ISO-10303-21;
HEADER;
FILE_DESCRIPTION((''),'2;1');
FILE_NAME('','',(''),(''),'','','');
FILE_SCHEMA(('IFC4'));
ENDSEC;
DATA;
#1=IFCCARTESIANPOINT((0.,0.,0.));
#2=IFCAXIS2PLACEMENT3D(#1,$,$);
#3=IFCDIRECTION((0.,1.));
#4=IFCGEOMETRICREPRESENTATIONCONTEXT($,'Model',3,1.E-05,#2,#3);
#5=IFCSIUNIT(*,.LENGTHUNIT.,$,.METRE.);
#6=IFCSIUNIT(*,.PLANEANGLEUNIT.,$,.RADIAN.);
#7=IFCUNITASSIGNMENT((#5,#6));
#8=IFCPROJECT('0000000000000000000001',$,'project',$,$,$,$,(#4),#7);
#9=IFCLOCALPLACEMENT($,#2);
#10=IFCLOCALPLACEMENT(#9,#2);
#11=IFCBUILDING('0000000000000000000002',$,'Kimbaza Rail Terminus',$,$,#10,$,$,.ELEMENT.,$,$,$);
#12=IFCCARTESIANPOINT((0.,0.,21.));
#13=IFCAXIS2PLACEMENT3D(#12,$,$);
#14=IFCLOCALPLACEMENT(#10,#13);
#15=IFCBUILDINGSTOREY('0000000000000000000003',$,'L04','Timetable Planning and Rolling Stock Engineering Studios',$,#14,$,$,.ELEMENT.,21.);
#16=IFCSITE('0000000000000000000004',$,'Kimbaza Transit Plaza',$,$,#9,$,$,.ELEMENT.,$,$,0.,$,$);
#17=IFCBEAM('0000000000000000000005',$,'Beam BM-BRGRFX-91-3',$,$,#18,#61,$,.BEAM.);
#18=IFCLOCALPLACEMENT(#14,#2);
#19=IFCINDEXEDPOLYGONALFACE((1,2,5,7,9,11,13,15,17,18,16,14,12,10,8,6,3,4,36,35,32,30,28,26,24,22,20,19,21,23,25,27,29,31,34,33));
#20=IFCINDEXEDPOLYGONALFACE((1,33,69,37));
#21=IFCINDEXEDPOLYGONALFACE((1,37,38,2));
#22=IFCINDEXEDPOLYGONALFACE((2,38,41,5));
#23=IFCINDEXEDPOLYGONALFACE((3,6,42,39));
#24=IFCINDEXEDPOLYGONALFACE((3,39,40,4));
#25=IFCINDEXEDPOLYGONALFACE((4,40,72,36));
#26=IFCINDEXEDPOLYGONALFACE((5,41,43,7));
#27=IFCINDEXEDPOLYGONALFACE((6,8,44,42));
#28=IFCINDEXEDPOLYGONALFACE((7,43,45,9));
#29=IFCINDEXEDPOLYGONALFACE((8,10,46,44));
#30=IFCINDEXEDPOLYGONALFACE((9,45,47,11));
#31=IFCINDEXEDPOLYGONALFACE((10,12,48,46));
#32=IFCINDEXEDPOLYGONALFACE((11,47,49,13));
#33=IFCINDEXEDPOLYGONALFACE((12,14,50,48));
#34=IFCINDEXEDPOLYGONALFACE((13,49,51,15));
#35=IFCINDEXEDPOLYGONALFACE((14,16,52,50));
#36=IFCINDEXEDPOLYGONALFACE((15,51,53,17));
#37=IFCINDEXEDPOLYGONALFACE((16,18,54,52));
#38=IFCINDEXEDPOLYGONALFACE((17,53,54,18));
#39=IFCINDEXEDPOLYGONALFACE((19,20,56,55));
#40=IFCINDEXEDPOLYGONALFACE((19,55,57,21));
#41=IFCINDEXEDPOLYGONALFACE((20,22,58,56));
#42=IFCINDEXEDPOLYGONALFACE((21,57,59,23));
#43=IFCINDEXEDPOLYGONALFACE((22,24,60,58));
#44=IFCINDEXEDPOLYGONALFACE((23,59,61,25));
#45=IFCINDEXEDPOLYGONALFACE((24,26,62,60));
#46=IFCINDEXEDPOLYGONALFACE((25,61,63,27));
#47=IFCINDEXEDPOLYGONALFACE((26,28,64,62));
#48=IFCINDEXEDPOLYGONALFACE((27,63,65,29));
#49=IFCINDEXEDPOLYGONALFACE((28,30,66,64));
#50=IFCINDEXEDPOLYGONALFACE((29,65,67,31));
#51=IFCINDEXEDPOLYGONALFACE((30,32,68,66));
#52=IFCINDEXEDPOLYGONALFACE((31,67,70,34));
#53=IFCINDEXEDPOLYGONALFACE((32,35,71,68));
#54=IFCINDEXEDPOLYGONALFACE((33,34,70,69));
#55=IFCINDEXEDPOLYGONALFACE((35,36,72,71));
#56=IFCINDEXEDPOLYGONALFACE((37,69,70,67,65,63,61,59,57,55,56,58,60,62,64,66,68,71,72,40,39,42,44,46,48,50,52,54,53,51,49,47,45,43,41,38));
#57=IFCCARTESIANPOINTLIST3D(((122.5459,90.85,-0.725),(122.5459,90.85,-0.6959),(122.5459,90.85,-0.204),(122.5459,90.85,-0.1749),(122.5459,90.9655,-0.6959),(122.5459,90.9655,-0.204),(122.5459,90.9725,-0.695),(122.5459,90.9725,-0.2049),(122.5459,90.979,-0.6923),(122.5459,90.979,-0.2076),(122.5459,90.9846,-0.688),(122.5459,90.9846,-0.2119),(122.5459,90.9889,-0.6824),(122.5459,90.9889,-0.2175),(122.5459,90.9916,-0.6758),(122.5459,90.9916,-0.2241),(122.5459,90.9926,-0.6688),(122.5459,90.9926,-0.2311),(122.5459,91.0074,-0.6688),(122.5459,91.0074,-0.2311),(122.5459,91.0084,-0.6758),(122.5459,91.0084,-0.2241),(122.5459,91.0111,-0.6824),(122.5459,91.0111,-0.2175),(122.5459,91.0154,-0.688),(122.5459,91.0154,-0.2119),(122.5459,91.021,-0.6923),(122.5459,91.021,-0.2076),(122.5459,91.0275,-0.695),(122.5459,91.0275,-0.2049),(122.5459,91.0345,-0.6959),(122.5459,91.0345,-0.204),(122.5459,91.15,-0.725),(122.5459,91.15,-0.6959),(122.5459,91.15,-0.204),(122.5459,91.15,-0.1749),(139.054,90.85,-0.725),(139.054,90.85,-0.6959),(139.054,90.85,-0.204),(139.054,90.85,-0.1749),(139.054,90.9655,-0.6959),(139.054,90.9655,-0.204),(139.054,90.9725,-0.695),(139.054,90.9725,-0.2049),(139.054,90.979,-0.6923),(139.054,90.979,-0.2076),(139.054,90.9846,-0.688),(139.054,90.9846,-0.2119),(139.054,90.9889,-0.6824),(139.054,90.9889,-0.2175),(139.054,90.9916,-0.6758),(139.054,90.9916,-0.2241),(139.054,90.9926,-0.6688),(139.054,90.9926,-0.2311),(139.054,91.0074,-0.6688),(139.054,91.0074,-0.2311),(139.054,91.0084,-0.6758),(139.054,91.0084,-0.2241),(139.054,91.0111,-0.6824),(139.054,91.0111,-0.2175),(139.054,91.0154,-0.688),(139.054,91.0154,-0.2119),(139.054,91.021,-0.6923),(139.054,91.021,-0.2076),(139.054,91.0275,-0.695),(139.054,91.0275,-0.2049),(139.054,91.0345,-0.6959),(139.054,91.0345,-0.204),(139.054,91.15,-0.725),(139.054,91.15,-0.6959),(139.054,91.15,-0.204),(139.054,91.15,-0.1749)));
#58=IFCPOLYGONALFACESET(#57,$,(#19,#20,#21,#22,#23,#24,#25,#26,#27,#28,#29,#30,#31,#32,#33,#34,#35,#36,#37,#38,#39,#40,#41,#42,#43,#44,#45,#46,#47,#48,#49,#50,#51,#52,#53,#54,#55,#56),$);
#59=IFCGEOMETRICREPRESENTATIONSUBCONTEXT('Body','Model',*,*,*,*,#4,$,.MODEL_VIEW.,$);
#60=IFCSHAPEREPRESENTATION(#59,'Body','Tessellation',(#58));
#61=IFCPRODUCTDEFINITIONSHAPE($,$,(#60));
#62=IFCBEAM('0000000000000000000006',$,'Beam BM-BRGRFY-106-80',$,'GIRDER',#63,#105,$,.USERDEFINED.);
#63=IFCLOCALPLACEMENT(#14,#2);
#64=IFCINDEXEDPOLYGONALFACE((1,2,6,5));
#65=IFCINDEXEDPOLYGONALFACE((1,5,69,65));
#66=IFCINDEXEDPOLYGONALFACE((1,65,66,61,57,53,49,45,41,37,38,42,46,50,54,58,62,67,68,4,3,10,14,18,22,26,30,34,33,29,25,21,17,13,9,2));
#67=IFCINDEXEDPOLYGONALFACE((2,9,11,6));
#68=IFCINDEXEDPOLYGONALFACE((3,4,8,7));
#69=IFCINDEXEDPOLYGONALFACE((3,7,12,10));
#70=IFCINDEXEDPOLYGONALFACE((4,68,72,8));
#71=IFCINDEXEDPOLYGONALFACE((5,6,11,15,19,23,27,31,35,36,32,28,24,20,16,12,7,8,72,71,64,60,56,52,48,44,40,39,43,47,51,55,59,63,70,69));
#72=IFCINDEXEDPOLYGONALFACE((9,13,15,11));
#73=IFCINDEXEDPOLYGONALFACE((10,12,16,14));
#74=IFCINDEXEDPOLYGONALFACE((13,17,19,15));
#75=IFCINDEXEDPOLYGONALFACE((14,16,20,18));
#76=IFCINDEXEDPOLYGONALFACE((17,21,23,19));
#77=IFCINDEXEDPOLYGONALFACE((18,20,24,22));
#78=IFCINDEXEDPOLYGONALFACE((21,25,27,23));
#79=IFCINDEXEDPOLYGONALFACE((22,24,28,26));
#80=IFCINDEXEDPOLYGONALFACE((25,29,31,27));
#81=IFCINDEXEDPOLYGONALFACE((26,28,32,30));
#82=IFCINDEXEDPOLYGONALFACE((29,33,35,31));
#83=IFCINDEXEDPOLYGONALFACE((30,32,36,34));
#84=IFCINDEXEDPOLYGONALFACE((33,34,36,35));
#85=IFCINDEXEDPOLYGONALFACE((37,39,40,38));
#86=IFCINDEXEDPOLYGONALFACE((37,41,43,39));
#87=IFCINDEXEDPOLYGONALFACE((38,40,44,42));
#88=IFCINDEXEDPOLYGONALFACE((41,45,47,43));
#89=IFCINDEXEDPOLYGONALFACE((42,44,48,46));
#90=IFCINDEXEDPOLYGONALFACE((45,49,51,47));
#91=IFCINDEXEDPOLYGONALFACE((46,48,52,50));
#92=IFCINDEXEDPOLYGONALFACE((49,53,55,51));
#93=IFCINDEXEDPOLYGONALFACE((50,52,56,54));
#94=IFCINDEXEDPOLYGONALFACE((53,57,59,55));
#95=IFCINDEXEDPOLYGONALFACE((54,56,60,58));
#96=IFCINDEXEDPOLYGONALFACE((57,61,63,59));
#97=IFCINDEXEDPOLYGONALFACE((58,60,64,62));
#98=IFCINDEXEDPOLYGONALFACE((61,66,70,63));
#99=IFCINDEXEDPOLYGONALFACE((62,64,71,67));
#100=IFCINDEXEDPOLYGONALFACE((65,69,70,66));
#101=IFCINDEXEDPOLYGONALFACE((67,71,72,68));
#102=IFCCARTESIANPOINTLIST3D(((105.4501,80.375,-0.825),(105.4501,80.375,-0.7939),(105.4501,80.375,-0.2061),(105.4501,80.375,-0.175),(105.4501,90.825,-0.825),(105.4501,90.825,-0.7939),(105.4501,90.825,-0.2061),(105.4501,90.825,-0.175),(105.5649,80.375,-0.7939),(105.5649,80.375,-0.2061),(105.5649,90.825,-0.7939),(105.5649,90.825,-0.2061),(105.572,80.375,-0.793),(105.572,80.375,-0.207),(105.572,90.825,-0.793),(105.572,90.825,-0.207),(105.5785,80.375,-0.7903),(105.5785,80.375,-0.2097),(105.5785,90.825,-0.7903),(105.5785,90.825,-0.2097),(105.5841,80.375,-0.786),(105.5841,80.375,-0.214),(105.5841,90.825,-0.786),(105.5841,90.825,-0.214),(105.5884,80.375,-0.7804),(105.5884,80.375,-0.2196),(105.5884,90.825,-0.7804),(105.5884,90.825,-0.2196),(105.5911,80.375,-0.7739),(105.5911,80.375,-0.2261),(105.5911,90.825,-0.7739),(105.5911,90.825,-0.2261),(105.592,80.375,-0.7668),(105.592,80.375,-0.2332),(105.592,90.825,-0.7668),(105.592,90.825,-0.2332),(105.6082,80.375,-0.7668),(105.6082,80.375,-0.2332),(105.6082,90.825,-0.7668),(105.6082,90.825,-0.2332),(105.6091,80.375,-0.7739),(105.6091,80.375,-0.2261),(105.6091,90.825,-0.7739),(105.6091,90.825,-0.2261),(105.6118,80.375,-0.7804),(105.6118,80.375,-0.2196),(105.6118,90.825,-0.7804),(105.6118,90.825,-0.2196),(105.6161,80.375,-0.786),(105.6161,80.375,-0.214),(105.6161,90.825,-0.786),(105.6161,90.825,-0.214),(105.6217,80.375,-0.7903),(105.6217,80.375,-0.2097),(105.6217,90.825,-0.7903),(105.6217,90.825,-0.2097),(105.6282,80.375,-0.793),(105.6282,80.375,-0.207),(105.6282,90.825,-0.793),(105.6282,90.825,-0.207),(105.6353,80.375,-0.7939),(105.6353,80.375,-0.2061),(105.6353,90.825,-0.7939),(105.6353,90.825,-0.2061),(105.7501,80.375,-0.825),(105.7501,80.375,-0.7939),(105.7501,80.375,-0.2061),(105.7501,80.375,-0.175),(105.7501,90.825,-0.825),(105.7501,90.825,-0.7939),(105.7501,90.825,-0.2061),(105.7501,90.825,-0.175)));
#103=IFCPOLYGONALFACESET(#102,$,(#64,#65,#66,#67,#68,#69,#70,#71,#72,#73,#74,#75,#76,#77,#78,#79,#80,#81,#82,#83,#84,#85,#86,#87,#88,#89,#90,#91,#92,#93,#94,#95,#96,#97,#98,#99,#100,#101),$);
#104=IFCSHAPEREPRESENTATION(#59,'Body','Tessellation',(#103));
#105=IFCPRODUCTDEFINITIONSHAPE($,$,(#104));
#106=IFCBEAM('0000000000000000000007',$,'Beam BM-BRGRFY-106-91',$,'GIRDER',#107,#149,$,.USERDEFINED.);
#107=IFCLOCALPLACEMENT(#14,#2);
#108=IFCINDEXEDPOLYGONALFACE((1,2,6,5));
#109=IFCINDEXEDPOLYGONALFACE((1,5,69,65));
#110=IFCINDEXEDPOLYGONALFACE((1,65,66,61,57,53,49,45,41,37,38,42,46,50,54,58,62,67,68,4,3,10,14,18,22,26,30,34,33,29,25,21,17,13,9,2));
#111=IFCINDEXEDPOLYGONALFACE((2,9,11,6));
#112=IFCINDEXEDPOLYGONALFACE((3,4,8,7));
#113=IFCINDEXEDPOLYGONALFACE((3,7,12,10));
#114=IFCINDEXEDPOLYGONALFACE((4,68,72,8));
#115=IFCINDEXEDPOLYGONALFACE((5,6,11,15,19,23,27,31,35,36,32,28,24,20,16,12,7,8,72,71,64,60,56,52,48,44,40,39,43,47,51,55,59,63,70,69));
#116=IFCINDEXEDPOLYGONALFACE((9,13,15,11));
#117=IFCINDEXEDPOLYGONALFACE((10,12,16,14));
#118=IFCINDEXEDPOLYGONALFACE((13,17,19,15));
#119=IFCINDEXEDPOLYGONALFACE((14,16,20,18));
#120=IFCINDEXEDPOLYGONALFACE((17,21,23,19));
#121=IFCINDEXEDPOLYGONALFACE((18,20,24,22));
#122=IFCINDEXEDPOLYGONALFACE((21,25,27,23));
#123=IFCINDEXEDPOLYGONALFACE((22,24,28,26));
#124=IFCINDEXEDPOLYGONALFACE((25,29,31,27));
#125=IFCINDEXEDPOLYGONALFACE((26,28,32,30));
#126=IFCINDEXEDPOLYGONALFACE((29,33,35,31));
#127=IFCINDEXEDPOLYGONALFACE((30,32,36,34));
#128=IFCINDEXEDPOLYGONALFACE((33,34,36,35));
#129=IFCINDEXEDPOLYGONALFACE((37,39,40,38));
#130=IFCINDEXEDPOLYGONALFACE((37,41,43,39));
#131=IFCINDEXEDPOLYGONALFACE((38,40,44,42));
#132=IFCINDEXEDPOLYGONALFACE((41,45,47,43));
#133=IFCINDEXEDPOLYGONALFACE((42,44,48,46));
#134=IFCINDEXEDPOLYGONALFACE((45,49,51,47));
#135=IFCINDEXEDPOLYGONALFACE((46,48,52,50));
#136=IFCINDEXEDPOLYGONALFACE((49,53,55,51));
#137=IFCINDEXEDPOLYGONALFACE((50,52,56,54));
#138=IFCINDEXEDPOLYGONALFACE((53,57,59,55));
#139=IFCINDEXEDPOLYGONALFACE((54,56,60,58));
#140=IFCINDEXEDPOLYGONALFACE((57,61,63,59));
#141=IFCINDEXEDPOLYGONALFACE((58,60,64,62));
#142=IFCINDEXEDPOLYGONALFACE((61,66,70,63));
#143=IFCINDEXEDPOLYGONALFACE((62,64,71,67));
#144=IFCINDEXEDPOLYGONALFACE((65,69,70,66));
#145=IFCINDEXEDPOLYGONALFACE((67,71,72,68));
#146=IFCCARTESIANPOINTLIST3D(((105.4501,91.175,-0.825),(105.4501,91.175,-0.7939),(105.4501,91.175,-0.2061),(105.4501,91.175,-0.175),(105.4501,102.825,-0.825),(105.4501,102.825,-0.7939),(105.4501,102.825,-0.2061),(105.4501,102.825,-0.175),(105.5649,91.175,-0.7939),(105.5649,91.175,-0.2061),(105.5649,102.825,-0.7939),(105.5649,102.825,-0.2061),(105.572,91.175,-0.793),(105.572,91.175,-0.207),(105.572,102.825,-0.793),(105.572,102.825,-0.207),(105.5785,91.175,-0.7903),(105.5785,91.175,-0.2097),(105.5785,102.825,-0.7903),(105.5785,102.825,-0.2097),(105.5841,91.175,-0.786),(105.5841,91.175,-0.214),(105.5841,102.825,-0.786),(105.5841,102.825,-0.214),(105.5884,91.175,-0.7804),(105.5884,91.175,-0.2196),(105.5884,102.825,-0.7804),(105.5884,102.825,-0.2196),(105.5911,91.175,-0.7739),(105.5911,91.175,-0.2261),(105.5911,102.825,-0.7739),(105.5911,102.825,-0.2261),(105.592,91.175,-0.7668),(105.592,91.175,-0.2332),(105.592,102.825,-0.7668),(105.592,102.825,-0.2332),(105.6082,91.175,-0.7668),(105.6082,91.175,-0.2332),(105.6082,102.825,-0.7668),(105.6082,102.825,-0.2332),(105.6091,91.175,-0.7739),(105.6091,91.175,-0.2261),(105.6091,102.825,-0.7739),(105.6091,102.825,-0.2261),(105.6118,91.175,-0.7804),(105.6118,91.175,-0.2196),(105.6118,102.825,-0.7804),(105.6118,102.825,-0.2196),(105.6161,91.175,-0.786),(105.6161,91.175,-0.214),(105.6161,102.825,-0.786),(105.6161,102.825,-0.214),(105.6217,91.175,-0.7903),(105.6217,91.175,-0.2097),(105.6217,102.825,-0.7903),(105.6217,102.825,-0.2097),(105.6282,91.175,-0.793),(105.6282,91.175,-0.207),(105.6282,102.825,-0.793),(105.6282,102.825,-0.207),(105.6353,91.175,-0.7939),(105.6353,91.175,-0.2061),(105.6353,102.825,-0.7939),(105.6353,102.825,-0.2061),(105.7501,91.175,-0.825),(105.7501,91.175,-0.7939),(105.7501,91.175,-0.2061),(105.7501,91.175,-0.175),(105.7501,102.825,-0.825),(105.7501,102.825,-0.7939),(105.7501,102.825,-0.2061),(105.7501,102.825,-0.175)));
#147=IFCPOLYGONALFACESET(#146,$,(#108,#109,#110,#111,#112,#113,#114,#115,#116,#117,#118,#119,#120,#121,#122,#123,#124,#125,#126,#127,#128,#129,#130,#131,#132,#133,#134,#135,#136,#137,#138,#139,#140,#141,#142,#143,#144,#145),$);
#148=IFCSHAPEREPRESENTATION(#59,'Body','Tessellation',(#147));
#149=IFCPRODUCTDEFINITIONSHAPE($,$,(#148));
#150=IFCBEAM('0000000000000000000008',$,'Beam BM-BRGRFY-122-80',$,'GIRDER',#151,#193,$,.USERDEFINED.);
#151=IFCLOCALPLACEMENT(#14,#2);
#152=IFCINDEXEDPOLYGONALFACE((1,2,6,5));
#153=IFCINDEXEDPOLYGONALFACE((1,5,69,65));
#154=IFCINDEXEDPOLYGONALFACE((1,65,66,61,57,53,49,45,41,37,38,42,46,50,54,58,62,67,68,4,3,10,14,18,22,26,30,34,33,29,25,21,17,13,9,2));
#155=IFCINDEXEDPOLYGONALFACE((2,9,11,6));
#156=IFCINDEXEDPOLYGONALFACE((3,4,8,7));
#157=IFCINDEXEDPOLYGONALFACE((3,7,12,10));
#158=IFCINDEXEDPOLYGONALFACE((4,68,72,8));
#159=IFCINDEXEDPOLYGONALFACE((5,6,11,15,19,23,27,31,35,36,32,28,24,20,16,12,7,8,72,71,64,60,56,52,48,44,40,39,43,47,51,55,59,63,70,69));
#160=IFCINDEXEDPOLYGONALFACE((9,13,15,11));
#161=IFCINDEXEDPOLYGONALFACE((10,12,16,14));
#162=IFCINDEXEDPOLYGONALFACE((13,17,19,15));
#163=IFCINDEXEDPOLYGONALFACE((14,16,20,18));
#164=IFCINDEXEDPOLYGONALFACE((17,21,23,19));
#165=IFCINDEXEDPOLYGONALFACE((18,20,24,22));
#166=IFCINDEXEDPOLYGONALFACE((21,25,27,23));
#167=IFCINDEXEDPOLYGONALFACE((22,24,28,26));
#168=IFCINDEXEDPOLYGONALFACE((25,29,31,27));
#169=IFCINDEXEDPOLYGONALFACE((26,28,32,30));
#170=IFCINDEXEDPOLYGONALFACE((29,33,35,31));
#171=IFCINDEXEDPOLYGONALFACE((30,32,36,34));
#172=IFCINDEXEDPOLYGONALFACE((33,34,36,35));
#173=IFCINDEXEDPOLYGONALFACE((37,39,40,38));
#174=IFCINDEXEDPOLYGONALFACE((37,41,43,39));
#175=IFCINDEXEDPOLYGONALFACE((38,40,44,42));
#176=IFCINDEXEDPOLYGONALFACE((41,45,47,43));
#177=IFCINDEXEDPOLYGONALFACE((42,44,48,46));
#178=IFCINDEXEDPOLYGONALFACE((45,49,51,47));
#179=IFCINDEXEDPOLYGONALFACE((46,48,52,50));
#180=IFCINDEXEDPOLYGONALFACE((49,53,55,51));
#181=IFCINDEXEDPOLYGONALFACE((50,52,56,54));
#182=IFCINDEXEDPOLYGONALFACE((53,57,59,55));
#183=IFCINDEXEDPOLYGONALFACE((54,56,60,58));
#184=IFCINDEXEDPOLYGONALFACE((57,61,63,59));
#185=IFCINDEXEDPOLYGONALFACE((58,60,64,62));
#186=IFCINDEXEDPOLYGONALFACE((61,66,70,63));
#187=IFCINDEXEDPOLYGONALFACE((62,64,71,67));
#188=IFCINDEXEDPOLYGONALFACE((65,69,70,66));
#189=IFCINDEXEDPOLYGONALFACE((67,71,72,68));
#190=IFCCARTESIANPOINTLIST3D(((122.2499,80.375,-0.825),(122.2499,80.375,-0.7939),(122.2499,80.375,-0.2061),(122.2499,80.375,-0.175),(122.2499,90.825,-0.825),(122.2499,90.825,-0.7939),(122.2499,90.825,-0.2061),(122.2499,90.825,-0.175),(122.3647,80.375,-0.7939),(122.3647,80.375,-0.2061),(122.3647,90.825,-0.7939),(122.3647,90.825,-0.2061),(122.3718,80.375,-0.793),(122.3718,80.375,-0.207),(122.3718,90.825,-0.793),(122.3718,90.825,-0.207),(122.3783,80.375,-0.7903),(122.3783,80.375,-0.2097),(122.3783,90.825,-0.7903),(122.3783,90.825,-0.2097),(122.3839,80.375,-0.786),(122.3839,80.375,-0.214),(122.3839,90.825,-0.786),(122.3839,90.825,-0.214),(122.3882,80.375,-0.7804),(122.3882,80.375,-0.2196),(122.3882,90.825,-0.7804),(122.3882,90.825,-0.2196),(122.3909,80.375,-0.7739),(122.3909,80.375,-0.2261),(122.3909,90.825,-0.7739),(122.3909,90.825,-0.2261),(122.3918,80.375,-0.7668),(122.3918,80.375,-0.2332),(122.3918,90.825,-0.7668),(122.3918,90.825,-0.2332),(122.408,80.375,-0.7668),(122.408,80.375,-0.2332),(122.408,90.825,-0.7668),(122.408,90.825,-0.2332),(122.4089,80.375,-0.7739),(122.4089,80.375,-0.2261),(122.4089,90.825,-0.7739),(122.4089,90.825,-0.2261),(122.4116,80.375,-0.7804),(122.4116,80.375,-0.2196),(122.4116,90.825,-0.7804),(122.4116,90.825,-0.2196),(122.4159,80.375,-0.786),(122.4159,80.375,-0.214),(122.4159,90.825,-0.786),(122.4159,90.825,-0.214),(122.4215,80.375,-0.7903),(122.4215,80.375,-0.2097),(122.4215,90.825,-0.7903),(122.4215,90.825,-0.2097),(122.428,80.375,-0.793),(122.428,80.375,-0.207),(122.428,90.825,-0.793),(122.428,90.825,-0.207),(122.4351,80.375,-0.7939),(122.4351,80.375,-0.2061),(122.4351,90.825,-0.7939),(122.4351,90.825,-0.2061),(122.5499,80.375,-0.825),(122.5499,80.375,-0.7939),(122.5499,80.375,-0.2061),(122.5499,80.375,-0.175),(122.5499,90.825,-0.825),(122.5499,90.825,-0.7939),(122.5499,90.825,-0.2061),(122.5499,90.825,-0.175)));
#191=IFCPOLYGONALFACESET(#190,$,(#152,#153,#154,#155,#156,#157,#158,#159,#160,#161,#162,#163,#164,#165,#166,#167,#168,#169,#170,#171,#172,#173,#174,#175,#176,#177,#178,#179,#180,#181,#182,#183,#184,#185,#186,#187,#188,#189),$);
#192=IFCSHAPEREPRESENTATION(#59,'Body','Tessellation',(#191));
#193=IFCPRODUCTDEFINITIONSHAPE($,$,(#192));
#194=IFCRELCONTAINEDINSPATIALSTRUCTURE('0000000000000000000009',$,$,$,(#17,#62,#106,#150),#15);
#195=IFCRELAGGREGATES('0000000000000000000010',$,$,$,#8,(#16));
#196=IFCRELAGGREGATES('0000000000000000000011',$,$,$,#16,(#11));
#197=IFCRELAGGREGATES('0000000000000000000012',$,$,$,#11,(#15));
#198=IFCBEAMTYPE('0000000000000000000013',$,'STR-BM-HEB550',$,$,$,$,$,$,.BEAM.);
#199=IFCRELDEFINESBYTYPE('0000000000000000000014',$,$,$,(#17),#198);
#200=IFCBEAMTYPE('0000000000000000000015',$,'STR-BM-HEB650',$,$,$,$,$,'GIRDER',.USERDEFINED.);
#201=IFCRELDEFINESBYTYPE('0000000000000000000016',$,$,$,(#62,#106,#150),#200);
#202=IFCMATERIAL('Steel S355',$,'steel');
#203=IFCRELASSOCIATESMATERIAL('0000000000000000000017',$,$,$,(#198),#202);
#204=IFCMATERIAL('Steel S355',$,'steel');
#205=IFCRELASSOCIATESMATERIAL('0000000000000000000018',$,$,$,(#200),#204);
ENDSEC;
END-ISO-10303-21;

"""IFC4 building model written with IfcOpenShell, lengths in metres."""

from ifc_helpers import new_model, si_unit, direction, frame, origin, origin_2d, place, context, subcontext, project, spatial, i_section, extrude, material, material_profile, profile_set, type_object, element, save


model = new_model("IFC4")

# Units and contexts
model_context = context("Model", 3, precision=1e-05, world=origin(), true_north=direction((0.0, 1.0)))
body_context = subcontext(model_context, "Body", "Model", "MODEL_VIEW")
ifc_project = project(units=[si_unit("LENGTHUNIT", "METRE"), si_unit("PLANEANGLEUNIT", "RADIAN")], contexts=[model_context])

# Site, building, storey
site_placement = place(None, origin())
site = spatial("IfcSite", under=ifc_project, at=site_placement, Name="Kimbaza Transit Plaza", CompositionType="ELEMENT", RefElevation=0.0)
building_placement = place(site_placement, origin())
building = spatial("IfcBuilding", under=site, at=building_placement, Name="Kimbaza Rail Terminus", CompositionType="ELEMENT")
storey_placement = place(building_placement, frame((0.0, 0.0, 21.0)))
storey = spatial("IfcBuildingStorey", under=building, at=storey_placement, Name="L04", Description="Timetable Planning and Rolling Stock Engineering Studios", CompositionType="ELEMENT", Elevation=21.0)

# Beams
ifc_material_1 = material(Name="Steel S355", Category="steel")
ifc_material_profile_1 = material_profile(ifc_material_1, i_section(OverallWidth=0.3, OverallDepth=0.55, WebThickness=0.0149, FlangeThickness=0.0291, FilletRadius=0.0271, at=origin_2d()), Name="HEB 550")
ifc_profile_set_1 = profile_set([ifc_material_profile_1], Name="Steel S355")
beam_type_1 = type_object("IfcBeamType", Name="STR-BM-HEB550", PredefinedType="BEAM", material=ifc_profile_set_1)
beam_1_placement = place(storey_placement, frame((122.5459, 91.0, -0.45), z_axis=(1.0, 0.0, 0.0), x_axis=(0.0, 1.0, 0.0)))
element("IfcBeam", 1, at=beam_1_placement, inside=storey, type_object=beam_type_1, Name="Beam BM-BRGRFX-91-3", PredefinedType="BEAM", context=body_context, shape_type="SweptSolid", body=[
    extrude(i_section(OverallWidth=0.3, OverallDepth=0.55, WebThickness=0.0149, FlangeThickness=0.0291, FilletRadius=0.0271, at=origin_2d()), origin(), (0.0, 0.0, 1.0), 16.5081),
])
ifc_material_2 = material(Name="Steel S355", Category="steel")
ifc_material_profile_2 = material_profile(ifc_material_2, i_section(OverallWidth=0.3, OverallDepth=0.6499, WebThickness=0.0161, FlangeThickness=0.031, FilletRadius=0.0271, at=origin_2d()), Name="HEB 650")
ifc_profile_set_2 = profile_set([ifc_material_profile_2], Name="Steel S355")
beam_type_2 = type_object("IfcBeamType", Name="STR-BM-HEB650", ElementType="GIRDER", PredefinedType="USERDEFINED", material=ifc_profile_set_2)
beam_2_placement = place(storey_placement, frame((105.6001, 80.375, -0.5), z_axis=(0.0, 1.0, 0.0), x_axis=(-1.0, 0.0, 0.0)))
element("IfcBeam", 2, at=beam_2_placement, inside=storey, type_object=beam_type_2, Name="Beam BM-BRGRFY-106-80", ObjectType="GIRDER", PredefinedType="USERDEFINED", context=body_context, shape_type="SweptSolid", body=[
    extrude(i_section(OverallWidth=0.3, OverallDepth=0.6499, WebThickness=0.0161, FlangeThickness=0.031, FilletRadius=0.0271, at=origin_2d()), origin(), (0.0, 0.0, 1.0), 10.45),
])
beam_3_placement = place(storey_placement, frame((105.6001, 91.175, -0.5), z_axis=(0.0, 1.0, 0.0), x_axis=(-1.0, 0.0, 0.0)))
element("IfcBeam", 3, at=beam_3_placement, inside=storey, type_object=beam_type_2, Name="Beam BM-BRGRFY-106-91", ObjectType="GIRDER", PredefinedType="USERDEFINED", context=body_context, shape_type="SweptSolid", body=[
    extrude(i_section(OverallWidth=0.3, OverallDepth=0.6499, WebThickness=0.0161, FlangeThickness=0.031, FilletRadius=0.0271, at=origin_2d()), origin(), (0.0, 0.0, 1.0), 11.6499),
])
beam_4_placement = place(storey_placement, frame((122.3999, 80.375, -0.5), z_axis=(0.0, 1.0, 0.0), x_axis=(-1.0, 0.0, 0.0)))
element("IfcBeam", 4, at=beam_4_placement, inside=storey, type_object=beam_type_2, Name="Beam BM-BRGRFY-122-80", ObjectType="GIRDER", PredefinedType="USERDEFINED", context=body_context, shape_type="SweptSolid", body=[
    extrude(i_section(OverallWidth=0.3, OverallDepth=0.6499, WebThickness=0.0161, FlangeThickness=0.031, FilletRadius=0.0271, at=origin_2d()), origin(), (0.0, 0.0, 1.0), 10.45),
])

save(model, "model.ifc")
